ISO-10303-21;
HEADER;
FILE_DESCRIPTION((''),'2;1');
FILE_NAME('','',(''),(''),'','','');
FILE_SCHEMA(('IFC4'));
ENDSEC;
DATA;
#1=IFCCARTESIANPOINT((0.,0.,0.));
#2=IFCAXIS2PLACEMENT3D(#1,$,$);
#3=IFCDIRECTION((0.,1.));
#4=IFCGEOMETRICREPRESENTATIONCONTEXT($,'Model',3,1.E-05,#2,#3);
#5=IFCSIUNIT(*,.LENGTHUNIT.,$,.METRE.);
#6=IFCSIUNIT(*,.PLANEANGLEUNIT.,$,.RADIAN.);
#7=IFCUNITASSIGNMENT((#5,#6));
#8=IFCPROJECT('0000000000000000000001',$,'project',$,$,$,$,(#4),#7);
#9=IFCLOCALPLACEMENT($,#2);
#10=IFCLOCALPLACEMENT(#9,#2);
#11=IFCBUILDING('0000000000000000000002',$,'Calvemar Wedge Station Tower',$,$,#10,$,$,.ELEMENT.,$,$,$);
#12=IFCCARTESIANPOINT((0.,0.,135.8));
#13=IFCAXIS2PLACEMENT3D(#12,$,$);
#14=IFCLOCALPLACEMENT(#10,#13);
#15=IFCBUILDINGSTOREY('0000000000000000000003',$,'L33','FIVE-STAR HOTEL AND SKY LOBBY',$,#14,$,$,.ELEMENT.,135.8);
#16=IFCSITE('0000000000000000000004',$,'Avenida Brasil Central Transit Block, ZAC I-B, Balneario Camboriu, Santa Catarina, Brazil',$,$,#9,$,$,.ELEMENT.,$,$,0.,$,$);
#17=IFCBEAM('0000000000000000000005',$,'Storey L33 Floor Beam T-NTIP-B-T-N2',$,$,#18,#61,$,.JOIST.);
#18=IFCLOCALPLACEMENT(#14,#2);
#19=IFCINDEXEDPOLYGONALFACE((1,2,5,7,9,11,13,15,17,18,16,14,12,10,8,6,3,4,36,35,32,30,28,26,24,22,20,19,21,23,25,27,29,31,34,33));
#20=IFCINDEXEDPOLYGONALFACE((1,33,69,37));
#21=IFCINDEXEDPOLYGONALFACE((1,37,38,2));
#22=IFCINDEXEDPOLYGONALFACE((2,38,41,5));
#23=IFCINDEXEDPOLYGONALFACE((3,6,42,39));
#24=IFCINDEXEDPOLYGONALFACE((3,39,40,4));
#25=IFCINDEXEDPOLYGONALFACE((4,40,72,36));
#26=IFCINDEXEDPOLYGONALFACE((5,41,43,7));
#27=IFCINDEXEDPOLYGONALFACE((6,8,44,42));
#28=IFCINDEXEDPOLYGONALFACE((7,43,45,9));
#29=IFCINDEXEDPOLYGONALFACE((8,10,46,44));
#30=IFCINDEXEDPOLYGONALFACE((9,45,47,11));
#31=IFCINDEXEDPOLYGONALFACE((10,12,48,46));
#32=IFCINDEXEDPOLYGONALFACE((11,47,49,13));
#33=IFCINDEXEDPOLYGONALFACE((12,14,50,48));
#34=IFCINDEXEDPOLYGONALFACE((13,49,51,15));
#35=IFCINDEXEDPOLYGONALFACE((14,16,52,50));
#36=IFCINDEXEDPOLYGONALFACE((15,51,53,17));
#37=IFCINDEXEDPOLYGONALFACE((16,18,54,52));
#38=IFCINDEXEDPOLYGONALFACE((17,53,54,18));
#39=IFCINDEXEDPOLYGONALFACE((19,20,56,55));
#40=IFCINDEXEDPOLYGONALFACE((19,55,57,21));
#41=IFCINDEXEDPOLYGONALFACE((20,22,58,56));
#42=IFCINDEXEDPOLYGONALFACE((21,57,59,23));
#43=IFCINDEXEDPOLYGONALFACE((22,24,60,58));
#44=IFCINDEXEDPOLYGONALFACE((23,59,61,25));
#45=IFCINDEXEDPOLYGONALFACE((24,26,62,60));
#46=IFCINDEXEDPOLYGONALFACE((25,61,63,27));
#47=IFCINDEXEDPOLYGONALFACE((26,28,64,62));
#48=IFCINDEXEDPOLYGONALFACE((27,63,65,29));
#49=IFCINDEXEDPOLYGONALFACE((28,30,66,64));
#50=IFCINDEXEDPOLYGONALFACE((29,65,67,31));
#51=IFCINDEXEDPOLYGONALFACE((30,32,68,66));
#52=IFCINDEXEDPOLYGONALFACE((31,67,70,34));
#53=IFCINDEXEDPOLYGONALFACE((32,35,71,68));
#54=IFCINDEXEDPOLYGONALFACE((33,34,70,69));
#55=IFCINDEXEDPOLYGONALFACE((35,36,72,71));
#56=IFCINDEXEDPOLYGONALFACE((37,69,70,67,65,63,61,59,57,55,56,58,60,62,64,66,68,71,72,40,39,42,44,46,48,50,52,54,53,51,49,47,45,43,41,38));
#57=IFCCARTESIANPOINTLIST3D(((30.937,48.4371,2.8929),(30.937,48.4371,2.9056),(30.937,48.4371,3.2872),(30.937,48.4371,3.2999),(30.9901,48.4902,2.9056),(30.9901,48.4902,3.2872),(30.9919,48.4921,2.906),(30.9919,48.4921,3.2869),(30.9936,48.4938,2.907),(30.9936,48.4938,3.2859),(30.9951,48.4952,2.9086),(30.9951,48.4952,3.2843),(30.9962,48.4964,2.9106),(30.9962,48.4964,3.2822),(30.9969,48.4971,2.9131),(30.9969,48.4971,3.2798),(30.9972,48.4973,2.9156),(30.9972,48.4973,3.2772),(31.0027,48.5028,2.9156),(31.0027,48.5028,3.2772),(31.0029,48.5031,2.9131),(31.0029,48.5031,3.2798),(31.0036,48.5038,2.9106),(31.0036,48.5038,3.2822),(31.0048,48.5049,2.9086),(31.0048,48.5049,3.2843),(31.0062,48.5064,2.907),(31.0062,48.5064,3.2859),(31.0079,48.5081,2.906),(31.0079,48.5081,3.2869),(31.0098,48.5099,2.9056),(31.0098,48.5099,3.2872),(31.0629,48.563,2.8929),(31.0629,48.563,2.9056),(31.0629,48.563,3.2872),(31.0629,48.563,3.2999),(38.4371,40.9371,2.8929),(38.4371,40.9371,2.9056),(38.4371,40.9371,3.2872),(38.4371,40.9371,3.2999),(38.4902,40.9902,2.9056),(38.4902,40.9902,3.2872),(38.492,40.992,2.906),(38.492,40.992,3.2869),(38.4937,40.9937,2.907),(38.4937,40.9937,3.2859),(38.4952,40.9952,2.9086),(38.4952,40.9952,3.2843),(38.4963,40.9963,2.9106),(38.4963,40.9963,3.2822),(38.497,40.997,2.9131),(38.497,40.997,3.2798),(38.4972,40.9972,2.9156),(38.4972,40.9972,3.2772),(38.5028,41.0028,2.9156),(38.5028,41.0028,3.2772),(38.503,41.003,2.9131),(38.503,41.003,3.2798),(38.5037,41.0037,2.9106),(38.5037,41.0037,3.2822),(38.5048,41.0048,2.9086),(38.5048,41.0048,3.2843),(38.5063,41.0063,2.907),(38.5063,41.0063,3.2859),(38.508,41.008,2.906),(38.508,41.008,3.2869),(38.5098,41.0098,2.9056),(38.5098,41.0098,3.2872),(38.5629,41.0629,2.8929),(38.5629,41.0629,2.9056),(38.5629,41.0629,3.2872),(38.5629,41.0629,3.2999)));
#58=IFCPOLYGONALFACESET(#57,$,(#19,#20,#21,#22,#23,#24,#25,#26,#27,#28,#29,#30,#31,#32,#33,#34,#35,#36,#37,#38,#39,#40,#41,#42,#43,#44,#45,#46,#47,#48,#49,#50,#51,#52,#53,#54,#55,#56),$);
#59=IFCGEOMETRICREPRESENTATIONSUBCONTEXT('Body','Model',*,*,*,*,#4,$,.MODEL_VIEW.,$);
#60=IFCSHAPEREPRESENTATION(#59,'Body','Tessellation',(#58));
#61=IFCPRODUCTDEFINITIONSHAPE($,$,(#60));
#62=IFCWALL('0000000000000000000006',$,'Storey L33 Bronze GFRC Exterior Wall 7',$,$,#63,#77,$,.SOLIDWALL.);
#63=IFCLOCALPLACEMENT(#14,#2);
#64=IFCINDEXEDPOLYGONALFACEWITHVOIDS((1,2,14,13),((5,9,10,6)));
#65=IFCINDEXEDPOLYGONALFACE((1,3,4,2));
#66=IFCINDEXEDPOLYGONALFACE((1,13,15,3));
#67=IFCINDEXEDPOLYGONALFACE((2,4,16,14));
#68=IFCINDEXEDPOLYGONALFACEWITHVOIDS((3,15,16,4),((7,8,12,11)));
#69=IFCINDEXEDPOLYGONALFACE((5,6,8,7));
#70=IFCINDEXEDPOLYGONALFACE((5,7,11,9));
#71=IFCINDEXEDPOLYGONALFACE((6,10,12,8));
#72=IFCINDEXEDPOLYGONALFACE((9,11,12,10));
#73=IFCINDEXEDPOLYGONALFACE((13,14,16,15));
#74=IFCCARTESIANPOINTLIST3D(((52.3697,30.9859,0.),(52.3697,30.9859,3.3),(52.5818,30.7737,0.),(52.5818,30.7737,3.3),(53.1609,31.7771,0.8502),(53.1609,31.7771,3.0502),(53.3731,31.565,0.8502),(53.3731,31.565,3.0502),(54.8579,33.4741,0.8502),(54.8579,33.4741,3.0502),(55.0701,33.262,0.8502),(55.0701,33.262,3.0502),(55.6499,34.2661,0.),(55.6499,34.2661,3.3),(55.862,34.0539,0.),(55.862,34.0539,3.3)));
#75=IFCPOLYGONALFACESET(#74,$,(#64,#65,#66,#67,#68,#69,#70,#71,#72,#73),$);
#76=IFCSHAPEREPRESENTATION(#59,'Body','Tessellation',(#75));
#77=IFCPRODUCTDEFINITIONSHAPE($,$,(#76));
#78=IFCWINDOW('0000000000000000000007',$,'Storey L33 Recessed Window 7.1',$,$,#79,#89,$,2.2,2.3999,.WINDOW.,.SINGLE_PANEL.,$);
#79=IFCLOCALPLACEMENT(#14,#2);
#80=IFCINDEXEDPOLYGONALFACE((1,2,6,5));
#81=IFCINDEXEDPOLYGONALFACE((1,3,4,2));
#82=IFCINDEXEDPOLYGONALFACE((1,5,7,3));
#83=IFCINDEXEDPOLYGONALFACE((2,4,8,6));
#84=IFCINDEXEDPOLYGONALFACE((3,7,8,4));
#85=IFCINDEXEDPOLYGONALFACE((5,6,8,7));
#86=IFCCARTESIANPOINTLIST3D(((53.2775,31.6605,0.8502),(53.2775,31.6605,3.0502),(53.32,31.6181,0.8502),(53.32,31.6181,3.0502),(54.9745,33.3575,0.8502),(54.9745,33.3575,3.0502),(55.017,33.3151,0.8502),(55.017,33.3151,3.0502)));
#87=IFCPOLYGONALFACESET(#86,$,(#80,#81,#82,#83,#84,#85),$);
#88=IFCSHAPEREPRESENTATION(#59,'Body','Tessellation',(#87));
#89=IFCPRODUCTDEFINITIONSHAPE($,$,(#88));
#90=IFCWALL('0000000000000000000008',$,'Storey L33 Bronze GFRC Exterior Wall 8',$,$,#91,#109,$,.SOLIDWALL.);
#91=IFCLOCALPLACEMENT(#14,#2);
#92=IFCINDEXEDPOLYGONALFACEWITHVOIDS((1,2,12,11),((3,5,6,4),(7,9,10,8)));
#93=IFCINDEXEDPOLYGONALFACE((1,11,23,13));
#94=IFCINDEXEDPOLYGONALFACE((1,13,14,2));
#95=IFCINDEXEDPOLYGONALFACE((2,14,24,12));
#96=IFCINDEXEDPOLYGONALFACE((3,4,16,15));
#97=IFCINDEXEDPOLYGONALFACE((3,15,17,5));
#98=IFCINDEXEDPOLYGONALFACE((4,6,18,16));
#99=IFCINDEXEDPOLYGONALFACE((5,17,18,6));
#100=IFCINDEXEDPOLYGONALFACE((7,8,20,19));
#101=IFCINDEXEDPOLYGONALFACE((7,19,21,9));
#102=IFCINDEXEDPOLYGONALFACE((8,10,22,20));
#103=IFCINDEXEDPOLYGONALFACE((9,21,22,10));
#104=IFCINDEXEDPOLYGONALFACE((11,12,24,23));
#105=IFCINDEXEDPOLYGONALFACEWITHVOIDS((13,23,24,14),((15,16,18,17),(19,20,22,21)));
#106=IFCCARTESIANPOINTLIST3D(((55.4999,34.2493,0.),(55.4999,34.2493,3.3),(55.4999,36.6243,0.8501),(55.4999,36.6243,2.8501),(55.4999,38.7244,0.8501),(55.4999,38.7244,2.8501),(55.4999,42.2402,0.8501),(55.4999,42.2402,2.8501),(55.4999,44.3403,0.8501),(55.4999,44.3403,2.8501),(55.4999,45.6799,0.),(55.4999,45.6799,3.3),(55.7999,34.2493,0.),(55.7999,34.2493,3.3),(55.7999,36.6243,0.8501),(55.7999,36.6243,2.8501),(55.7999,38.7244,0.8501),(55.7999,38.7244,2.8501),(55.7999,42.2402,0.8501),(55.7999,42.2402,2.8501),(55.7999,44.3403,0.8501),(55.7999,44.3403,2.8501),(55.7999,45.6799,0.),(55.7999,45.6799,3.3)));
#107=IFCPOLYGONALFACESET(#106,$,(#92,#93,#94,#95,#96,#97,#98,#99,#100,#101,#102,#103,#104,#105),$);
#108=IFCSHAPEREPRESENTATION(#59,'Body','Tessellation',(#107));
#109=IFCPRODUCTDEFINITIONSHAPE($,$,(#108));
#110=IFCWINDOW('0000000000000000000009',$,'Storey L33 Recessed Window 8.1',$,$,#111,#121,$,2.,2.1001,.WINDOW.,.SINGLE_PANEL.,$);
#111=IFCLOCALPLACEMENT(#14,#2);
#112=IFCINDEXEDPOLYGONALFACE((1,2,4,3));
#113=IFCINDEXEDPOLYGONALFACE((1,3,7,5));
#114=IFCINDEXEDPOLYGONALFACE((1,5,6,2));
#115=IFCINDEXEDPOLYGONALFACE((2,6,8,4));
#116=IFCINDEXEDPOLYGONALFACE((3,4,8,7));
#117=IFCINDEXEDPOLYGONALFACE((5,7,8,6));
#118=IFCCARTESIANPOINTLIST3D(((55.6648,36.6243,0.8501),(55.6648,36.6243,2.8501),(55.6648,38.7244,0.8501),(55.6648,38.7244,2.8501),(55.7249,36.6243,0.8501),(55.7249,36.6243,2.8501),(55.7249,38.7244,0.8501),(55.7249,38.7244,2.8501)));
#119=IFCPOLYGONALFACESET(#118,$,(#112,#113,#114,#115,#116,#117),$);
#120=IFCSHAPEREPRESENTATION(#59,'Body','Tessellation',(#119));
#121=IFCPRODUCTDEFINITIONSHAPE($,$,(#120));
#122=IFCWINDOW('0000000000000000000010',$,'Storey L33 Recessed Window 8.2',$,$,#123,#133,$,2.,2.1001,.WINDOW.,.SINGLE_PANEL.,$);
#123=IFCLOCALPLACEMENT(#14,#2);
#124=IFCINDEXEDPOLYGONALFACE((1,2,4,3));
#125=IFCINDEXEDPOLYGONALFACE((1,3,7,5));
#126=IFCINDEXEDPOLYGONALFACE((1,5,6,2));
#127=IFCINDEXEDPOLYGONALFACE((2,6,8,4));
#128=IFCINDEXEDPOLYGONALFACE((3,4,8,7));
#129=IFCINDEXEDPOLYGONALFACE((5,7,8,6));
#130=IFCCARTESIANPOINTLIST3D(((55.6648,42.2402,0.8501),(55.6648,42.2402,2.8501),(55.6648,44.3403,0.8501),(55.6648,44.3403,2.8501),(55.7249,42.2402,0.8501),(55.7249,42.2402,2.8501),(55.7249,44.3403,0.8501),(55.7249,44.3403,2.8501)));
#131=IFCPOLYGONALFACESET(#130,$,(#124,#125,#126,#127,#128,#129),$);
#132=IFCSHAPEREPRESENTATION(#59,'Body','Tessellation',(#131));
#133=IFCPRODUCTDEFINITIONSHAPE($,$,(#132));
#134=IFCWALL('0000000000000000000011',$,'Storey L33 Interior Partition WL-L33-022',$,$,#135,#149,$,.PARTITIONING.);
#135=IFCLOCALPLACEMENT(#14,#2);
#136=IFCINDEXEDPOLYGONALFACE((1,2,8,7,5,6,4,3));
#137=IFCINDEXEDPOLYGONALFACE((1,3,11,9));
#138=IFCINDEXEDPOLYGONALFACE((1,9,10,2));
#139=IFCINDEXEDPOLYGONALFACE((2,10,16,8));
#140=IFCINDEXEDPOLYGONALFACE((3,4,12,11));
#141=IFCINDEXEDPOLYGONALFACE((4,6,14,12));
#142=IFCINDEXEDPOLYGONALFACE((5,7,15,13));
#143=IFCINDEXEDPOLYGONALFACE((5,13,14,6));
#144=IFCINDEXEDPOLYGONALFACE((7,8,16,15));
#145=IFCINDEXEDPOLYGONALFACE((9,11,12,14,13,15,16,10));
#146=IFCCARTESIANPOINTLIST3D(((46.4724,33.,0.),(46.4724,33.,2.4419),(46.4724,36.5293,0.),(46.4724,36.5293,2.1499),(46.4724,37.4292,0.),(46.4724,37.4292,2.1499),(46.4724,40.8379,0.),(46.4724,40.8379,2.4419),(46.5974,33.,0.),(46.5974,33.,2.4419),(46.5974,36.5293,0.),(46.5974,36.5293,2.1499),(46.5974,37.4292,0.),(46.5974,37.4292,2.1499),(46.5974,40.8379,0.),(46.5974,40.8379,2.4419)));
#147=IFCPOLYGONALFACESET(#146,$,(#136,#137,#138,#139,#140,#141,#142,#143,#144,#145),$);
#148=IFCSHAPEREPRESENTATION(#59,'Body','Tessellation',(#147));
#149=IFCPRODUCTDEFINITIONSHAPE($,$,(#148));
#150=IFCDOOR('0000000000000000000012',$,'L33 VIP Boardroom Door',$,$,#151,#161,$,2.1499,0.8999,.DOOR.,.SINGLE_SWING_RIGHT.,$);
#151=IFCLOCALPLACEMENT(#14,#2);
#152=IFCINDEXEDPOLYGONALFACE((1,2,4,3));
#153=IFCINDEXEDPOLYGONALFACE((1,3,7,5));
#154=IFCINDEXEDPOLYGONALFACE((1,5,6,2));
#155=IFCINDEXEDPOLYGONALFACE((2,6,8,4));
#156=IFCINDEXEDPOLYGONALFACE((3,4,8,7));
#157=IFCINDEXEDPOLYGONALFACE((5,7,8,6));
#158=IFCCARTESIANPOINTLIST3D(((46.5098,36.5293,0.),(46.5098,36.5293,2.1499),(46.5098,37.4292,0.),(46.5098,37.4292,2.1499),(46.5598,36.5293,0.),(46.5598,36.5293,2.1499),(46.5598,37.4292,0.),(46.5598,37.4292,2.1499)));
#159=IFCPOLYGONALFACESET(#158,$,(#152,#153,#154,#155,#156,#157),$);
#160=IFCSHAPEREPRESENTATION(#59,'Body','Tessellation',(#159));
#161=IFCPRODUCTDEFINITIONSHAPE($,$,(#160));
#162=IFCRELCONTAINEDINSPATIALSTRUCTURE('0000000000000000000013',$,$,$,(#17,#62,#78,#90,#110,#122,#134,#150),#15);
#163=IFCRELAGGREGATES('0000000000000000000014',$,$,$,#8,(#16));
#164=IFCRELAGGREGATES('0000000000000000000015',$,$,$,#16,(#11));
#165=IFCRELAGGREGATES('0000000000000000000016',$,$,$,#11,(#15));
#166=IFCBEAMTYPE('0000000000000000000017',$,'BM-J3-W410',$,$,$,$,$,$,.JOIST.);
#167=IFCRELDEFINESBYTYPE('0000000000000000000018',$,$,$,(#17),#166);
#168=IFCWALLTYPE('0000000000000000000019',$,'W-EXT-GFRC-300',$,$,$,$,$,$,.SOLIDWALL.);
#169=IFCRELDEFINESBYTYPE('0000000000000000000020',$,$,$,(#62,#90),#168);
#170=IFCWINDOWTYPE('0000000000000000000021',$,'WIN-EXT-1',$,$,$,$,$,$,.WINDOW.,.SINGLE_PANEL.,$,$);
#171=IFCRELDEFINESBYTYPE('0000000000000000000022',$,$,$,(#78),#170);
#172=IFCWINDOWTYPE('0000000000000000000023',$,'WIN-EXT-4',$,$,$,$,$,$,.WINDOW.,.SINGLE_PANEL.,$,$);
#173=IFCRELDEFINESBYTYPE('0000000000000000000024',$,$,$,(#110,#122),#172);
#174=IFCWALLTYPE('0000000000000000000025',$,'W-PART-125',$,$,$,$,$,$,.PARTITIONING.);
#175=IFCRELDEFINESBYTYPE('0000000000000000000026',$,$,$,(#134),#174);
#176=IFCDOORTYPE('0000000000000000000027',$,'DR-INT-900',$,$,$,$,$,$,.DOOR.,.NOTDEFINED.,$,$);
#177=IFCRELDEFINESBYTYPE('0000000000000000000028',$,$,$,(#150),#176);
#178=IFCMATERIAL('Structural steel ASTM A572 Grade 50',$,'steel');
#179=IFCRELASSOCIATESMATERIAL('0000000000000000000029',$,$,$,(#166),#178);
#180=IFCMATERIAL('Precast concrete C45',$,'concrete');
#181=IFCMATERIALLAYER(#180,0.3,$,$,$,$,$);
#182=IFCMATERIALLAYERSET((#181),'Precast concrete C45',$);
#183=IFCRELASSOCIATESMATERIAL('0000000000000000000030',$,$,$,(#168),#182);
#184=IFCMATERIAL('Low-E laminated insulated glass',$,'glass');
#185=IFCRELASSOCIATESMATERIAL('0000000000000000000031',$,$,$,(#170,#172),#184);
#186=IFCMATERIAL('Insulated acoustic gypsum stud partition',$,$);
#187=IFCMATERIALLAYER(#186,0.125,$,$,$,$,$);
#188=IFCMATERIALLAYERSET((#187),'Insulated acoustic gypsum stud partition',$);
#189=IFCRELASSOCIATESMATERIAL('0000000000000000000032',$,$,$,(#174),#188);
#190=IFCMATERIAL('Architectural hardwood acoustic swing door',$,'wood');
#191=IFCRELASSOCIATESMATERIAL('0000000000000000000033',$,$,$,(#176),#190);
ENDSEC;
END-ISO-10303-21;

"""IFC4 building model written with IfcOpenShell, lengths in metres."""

from ifc_helpers import new_model, si_unit, direction, frame, frame_2d, origin, origin_2d, place, context, subcontext, project, spatial, rectangle, i_section, extrude, source, transform, mapped, material, layer, layer_set, material_profile, profile_set, type_object, element, fill, save


model = new_model("IFC4")

# Units and contexts
model_context = context("Model", 3, precision=1e-05, world=origin(), true_north=direction((0.0, 1.0)))
body_context = subcontext(model_context, "Body", "Model", "MODEL_VIEW")
ifc_project = project(units=[si_unit("LENGTHUNIT", "METRE"), si_unit("PLANEANGLEUNIT", "RADIAN")], contexts=[model_context])

# Site, building, storey
site_placement = place(None, origin())
site = spatial("IfcSite", under=ifc_project, at=site_placement, Name="Avenida Brasil Central Transit Block, ZAC I-B, Balneario Camboriu, Santa Catarina, Brazil", CompositionType="ELEMENT", RefElevation=0.0)
building_placement = place(site_placement, origin())
building = spatial("IfcBuilding", under=site, at=building_placement, Name="Calvemar Wedge Station Tower", CompositionType="ELEMENT")
storey_placement = place(building_placement, frame((0.0, 0.0, 135.8)))
storey = spatial("IfcBuildingStorey", under=building, at=storey_placement, Name="L33", Description="FIVE-STAR HOTEL AND SKY LOBBY", CompositionType="ELEMENT", Elevation=135.8)

# Shared definitions
ifc_material_1 = material(Name="Structural steel ASTM A572 Grade 50", Category="steel")

# Beam
ifc_material_profile_1 = material_profile(ifc_material_1, i_section(OverallWidth=0.178, OverallDepth=0.407, WebThickness=0.0078, FlangeThickness=0.0127, FilletRadius=0.01, at=origin_2d()), Name="W410x60")
ifc_profile_set_1 = profile_set([ifc_material_profile_1], Name="Structural steel ASTM A572 Grade 50")
beam_type_1 = type_object("IfcBeamType", Name="BM-J3-W410", PredefinedType="JOIST", material=ifc_profile_set_1)
shared_shape_1 = source(origin(), body_context, "Body", "SweptSolid", [
    extrude(i_section(OverallWidth=0.178, OverallDepth=0.407, WebThickness=0.0078, FlangeThickness=0.0127, FilletRadius=0.01, at=origin_2d()), origin(), (0.0, 0.0, 1.0), 10.6067),
])
beam_1_placement = place(storey_placement, frame((38.5, 41.0, 3.0964), z_axis=(-0.707107, 0.707107, 0.0), x_axis=(-0.707107, -0.707107, 0.0)))
element("IfcBeam", 1, at=beam_1_placement, inside=storey, type_object=beam_type_1, Name="Storey L33 Floor Beam T-NTIP-B-T-N2", PredefinedType="JOIST", context=body_context, shape_type="MappedRepresentation", body=[
    mapped(shared_shape_1, transform((0.0, 0.0, 0.0), scale=1.0)),
])

# Wall, opening, window
ifc_material_2 = material(Name="Precast concrete C45", Category="concrete")
ifc_layer_1 = layer(ifc_material_2, 0.3)
ifc_layer_set_1 = layer_set([ifc_layer_1], Name="Precast concrete C45")
wall_type_1 = type_object("IfcWallType", Name="W-EXT-GFRC-300", PredefinedType="SOLIDWALL", material=ifc_layer_set_1)
wall_1_placement = place(storey_placement, frame((52.4758, 30.8799, 0.0), z_axis=(0.0, 0.0, 1.0), x_axis=(0.707107, 0.707107, 0.0)))
wall_1 = element("IfcWall", 2, at=wall_1_placement, inside=storey, type_object=wall_type_1, Name="Storey L33 Bronze GFRC Exterior Wall 7", PredefinedType="SOLIDWALL", context=body_context, shape_type="SweptSolid", body=[
    extrude(rectangle(XDim=4.6389, YDim=0.3, at=frame_2d((2.3193, 0.0))), origin(), (0.0, 0.0, 1.0), 3.3),
])
shared_shape_2 = source(origin(), body_context, "Body", "SweptSolid", [
    extrude(rectangle(XDim=2.3999, YDim=2.2, at=frame_2d((1.2, 1.1001))), frame((0.0, 0.1602, 0.0), z_axis=(0.0, -1.0, 0.0), x_axis=(1.0, 0.0, 0.0)), (0.0, 0.0, 1.0), 0.3201),
])
opening_1_placement = place(wall_1_placement, frame((1.1189, 0.0, 0.8501)))
opening_1 = element("IfcOpeningElement", 3, at=opening_1_placement, cuts=wall_1, PredefinedType="OPENING", context=body_context, shape_type="MappedRepresentation", body=[
    mapped(shared_shape_2, transform((0.0, 0.0, 0.0), scale=1.0)),
])
ifc_material_3 = material(Name="Low-E laminated insulated glass", Category="glass")
window_type_1 = type_object("IfcWindowType", Name="WIN-EXT-1", PartitioningType="SINGLE_PANEL", PredefinedType="WINDOW", material=ifc_material_3)
shared_shape_3 = source(origin(), body_context, "Body", "SweptSolid", [
    extrude(rectangle(XDim=2.3999, YDim=2.2, at=frame_2d((1.2, 1.1001))), frame((0.0, -0.0149, 0.0), z_axis=(0.0, -1.0, 0.0), x_axis=(1.0, 0.0, 0.0)), (0.0, 0.0, 1.0), 0.0601),
])
window_1_placement = place(opening_1_placement, origin())
window_1 = element("IfcWindow", 4, at=window_1_placement, inside=storey, type_object=window_type_1, Name="Storey L33 Recessed Window 7.1", OverallHeight=2.2, OverallWidth=2.3999, PartitioningType="SINGLE_PANEL", PredefinedType="WINDOW", context=body_context, shape_type="MappedRepresentation", body=[
    mapped(shared_shape_3, transform((0.0, 0.0, 0.0), scale=1.0)),
])
fill(opening_1, window_1)

# Wall, openings, windows
wall_2_placement = place(storey_placement, frame((55.6499, 34.2493, 0.0), z_axis=(0.0, 0.0, 1.0), x_axis=(0.0, 1.0, 0.0)))
wall_2 = element("IfcWall", 5, at=wall_2_placement, inside=storey, type_object=wall_type_1, Name="Storey L33 Bronze GFRC Exterior Wall 8", PredefinedType="SOLIDWALL", context=body_context, shape_type="SweptSolid", body=[
    extrude(rectangle(XDim=11.4307, YDim=0.3, at=frame_2d((5.7153, 0.0))), origin(), (0.0, 0.0, 1.0), 3.3),
])
shared_shape_4 = source(origin(), body_context, "Body", "SweptSolid", [
    extrude(rectangle(XDim=2.1001, YDim=2.0, at=frame_2d((1.05, 1.0))), frame((0.0, 0.1602, 0.0), z_axis=(0.0, -1.0, 0.0), x_axis=(1.0, 0.0, 0.0)), (0.0, 0.0, 1.0), 0.3201),
])
opening_2_placement = place(wall_2_placement, frame((2.375, 0.0, 0.8501)))
opening_2 = element("IfcOpeningElement", 6, at=opening_2_placement, cuts=wall_2, PredefinedType="OPENING", context=body_context, shape_type="MappedRepresentation", body=[
    mapped(shared_shape_4, transform((0.0, 0.0, 0.0), scale=1.0)),
])
opening_3_placement = place(wall_2_placement, frame((7.991, 0.0, 0.8501)))
opening_3 = element("IfcOpeningElement", 7, at=opening_3_placement, cuts=wall_2, PredefinedType="OPENING", context=body_context, shape_type="MappedRepresentation", body=[
    mapped(shared_shape_4, transform((0.0, 0.0, 0.0), scale=1.0)),
])
window_type_2 = type_object("IfcWindowType", Name="WIN-EXT-4", PartitioningType="SINGLE_PANEL", PredefinedType="WINDOW", material=ifc_material_3)
shared_shape_5 = source(origin(), body_context, "Body", "SweptSolid", [
    extrude(rectangle(XDim=2.1001, YDim=2.0, at=frame_2d((1.05, 1.0))), frame((0.0, -0.0149, 0.0), z_axis=(0.0, -1.0, 0.0), x_axis=(1.0, 0.0, 0.0)), (0.0, 0.0, 1.0), 0.0601),
])
window_2_placement = place(opening_2_placement, origin())
window_2 = element("IfcWindow", 8, at=window_2_placement, inside=storey, type_object=window_type_2, Name="Storey L33 Recessed Window 8.1", OverallHeight=2.0, OverallWidth=2.1001, PartitioningType="SINGLE_PANEL", PredefinedType="WINDOW", context=body_context, shape_type="MappedRepresentation", body=[
    mapped(shared_shape_5, transform((0.0, 0.0, 0.0), scale=1.0)),
])
fill(opening_2, window_2)
window_3_placement = place(opening_3_placement, origin())
window_3 = element("IfcWindow", 9, at=window_3_placement, inside=storey, type_object=window_type_2, Name="Storey L33 Recessed Window 8.2", OverallHeight=2.0, OverallWidth=2.1001, PartitioningType="SINGLE_PANEL", PredefinedType="WINDOW", context=body_context, shape_type="MappedRepresentation", body=[
    mapped(shared_shape_5, transform((0.0, 0.0, 0.0), scale=1.0)),
])
fill(opening_3, window_3)

# Wall, opening, door
ifc_material_4 = material(Name="Insulated acoustic gypsum stud partition")
ifc_layer_2 = layer(ifc_material_4, 0.125)
ifc_layer_set_2 = layer_set([ifc_layer_2], Name="Insulated acoustic gypsum stud partition")
wall_type_2 = type_object("IfcWallType", Name="W-PART-125", PredefinedType="PARTITIONING", material=ifc_layer_set_2)
wall_3_placement = place(storey_placement, frame((46.5349, 40.8379, 0.0), z_axis=(0.0, 0.0, 1.0), x_axis=(0.0, -1.0, 0.0)))
wall_3 = element("IfcWall", 10, at=wall_3_placement, inside=storey, type_object=wall_type_2, Name="Storey L33 Interior Partition WL-L33-022", PredefinedType="PARTITIONING", context=body_context, shape_type="SweptSolid", body=[
    extrude(rectangle(XDim=7.8379, YDim=0.125, at=frame_2d((3.9189, 0.0))), origin(), (0.0, 0.0, 1.0), 2.4419),
])
shared_shape_6 = source(origin(), body_context, "Body", "SweptSolid", [
    extrude(rectangle(XDim=0.8999, YDim=2.1499, at=frame_2d((0.45, 1.075))), frame((0.0, 0.0725, 0.0), z_axis=(0.0, -1.0, 0.0), x_axis=(1.0, 0.0, 0.0)), (0.0, 0.0, 1.0), 0.145),
])
opening_4_placement = place(wall_3_placement, frame((3.4087, 0.0, 0.0)))
opening_4 = element("IfcOpeningElement", 11, at=opening_4_placement, cuts=wall_3, PredefinedType="OPENING", context=body_context, shape_type="MappedRepresentation", body=[
    mapped(shared_shape_6, transform((0.0, 0.0, 0.0), scale=1.0)),
])
ifc_material_5 = material(Name="Architectural hardwood acoustic swing door", Category="wood")
door_type_1 = type_object("IfcDoorType", Name="DR-INT-900", OperationType="NOTDEFINED", PredefinedType="DOOR", material=ifc_material_5)
shared_shape_7 = source(origin(), body_context, "Body", "SweptSolid", [
    extrude(rectangle(XDim=0.8999, YDim=2.1499, at=frame_2d((0.45, 1.075))), frame((0.0, 0.0249, 0.0), z_axis=(0.0, -1.0, 0.0), x_axis=(1.0, 0.0, 0.0)), (0.0, 0.0, 1.0), 0.05),
])
door_1_placement = place(opening_4_placement, origin())
door_1 = element("IfcDoor", 12, at=door_1_placement, inside=storey, type_object=door_type_1, Name="L33 VIP Boardroom Door", OperationType="SINGLE_SWING_RIGHT", OverallHeight=2.1499, OverallWidth=0.8999, PredefinedType="DOOR", context=body_context, shape_type="MappedRepresentation", body=[
    mapped(shared_shape_7, transform((0.0, 0.0, 0.0), scale=1.0)),
])
fill(opening_4, door_1)

save(model, "model.ifc")
